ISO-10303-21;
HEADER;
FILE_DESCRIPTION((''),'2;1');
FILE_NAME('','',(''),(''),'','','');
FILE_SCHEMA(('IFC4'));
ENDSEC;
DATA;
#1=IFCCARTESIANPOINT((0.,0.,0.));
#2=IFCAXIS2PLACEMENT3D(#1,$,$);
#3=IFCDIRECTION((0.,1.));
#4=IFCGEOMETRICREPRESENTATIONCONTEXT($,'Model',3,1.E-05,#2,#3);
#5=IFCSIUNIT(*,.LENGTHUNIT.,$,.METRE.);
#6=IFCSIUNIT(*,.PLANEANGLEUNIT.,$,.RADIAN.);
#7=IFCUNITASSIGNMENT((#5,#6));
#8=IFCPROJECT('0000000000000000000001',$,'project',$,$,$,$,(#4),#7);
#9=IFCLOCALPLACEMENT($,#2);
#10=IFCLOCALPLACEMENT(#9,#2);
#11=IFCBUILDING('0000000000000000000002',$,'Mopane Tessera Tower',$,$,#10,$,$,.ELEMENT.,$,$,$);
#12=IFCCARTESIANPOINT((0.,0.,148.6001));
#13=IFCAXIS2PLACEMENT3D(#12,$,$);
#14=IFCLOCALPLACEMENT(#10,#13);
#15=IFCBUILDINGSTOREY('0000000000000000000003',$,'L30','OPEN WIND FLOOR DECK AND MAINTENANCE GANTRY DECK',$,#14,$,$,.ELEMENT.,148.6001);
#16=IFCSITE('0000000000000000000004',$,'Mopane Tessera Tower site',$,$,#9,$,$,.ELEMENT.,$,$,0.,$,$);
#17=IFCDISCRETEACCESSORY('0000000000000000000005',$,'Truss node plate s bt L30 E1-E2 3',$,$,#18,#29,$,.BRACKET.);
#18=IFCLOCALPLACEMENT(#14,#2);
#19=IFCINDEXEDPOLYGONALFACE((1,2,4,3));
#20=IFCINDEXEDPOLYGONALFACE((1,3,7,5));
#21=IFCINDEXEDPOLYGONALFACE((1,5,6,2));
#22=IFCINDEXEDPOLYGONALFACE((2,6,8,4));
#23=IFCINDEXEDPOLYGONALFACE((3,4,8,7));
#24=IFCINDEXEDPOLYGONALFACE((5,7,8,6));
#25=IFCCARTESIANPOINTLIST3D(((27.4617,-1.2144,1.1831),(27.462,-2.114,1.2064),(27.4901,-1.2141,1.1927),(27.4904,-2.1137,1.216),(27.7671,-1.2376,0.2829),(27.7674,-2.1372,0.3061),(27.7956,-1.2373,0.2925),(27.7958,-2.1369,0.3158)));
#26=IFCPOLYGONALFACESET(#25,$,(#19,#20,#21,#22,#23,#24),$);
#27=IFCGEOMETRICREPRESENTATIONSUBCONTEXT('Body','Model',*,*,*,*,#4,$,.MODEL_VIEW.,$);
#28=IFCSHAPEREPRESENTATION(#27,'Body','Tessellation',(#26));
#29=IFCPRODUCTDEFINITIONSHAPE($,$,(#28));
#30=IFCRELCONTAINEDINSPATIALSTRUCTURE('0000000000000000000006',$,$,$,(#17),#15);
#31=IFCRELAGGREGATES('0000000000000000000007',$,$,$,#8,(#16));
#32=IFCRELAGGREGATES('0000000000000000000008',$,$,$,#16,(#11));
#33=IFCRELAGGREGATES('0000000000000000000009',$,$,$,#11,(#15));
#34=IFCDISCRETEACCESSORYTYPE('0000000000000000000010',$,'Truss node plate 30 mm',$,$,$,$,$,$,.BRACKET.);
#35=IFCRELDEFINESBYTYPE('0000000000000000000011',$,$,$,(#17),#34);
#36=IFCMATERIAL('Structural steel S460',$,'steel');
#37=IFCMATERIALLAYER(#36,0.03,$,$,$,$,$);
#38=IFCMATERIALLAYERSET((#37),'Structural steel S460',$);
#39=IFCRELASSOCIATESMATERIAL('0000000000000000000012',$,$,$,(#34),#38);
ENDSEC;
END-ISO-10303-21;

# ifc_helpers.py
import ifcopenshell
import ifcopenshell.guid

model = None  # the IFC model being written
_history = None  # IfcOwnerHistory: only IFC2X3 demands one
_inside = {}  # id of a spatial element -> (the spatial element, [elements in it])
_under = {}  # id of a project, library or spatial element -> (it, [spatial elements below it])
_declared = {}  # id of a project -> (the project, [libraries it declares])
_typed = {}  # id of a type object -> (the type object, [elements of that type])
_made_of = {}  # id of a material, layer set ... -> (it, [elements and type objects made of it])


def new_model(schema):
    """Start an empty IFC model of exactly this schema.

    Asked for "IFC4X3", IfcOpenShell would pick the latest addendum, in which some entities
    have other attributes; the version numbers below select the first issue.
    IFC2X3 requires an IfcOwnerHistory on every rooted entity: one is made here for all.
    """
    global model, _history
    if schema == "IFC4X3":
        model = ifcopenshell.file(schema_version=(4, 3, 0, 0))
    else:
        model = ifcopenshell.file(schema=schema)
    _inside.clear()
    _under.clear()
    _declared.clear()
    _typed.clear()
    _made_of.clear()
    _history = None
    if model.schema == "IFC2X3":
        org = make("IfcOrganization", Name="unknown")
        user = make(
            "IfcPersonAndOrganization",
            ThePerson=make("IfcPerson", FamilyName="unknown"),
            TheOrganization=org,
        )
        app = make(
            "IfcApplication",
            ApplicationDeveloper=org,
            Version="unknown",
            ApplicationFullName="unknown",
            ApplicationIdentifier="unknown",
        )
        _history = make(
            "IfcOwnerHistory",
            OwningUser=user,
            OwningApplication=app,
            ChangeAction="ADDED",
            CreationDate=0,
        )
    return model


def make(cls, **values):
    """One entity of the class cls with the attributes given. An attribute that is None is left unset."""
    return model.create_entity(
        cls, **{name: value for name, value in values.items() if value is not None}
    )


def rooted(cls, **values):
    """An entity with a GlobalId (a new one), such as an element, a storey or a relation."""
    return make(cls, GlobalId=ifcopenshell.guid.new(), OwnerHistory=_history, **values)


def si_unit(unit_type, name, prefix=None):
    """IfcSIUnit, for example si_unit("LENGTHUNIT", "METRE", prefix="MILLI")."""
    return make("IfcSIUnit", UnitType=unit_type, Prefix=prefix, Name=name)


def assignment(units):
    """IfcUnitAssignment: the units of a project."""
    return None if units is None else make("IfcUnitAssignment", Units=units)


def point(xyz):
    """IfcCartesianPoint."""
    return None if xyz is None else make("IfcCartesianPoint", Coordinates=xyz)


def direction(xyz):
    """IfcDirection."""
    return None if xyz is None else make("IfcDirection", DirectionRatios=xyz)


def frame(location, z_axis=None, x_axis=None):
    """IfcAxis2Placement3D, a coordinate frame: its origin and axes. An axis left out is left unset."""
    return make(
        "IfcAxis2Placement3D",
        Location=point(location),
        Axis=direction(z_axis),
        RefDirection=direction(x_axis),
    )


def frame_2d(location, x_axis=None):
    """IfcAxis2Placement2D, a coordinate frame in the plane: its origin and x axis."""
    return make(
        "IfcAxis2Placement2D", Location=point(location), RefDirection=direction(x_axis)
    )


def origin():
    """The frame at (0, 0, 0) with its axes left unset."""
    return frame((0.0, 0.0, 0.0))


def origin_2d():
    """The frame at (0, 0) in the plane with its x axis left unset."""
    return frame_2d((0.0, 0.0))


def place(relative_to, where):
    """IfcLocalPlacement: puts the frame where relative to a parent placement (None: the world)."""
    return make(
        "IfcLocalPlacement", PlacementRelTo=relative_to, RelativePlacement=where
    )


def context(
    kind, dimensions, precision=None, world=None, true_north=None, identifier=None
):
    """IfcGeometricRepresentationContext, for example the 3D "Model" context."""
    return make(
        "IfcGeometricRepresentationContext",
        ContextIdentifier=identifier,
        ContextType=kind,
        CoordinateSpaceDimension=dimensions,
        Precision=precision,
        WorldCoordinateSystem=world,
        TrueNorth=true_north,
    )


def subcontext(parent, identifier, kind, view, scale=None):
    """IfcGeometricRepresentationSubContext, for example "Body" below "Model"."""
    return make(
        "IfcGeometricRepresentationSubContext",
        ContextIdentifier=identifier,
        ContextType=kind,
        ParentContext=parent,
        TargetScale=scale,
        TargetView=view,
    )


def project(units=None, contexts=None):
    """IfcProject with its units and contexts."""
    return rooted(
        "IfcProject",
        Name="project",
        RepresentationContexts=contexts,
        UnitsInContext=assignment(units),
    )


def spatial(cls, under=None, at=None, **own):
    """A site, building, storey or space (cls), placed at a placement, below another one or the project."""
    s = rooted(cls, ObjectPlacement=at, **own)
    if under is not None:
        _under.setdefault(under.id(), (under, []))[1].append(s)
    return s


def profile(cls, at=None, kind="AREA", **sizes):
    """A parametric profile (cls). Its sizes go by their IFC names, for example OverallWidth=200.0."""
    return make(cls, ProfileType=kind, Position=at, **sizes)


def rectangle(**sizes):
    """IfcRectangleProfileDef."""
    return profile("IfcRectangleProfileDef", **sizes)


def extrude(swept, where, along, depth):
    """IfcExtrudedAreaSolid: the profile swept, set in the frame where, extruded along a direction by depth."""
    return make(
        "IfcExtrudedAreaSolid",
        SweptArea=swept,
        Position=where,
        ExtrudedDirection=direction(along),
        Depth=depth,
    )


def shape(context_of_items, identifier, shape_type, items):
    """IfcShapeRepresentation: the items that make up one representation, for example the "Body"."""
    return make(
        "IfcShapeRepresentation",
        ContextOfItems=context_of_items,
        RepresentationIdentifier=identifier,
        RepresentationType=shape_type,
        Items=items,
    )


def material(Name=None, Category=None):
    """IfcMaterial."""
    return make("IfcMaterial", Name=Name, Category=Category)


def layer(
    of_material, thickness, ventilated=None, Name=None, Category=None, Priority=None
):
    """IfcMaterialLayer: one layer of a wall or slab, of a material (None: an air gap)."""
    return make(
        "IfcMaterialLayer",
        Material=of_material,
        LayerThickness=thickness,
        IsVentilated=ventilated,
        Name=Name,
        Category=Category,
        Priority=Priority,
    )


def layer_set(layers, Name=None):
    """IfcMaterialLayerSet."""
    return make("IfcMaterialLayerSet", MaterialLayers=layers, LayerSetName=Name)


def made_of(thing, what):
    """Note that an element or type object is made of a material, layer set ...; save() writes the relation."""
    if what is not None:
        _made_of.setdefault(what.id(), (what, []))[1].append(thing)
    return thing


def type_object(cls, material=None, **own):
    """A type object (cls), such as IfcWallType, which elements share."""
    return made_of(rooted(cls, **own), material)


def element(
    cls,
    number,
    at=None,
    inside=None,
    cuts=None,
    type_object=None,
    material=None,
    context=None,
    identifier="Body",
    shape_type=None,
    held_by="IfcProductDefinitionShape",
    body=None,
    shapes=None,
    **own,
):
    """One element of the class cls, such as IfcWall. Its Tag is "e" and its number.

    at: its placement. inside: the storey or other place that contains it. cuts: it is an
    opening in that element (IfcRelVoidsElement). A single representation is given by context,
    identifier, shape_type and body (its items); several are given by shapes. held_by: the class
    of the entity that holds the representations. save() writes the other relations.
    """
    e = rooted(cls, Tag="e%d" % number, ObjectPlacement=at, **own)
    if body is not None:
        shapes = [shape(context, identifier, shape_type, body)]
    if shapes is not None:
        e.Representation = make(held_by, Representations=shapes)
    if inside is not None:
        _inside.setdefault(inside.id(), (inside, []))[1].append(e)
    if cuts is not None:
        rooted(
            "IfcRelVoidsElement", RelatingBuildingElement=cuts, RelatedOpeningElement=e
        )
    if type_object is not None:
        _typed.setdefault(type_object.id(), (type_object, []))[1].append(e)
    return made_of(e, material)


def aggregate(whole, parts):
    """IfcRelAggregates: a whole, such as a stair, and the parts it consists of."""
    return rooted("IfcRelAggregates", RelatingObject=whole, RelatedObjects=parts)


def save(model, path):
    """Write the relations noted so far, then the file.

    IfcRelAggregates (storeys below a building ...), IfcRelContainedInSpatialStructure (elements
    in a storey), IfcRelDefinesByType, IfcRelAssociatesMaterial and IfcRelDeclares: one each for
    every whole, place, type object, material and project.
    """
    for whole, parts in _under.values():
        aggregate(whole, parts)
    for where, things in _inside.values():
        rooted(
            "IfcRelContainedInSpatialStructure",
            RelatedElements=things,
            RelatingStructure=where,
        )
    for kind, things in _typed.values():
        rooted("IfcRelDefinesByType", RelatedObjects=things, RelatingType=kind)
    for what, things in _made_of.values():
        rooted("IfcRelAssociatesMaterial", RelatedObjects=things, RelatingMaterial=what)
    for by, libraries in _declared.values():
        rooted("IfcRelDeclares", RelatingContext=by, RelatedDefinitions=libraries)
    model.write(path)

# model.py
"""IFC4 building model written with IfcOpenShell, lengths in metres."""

from ifc_helpers import new_model, si_unit, direction, frame, origin, origin_2d, place, context, subcontext, project, spatial, rectangle, extrude, material, layer, layer_set, type_object, element, save


model = new_model("IFC4")

# Units and contexts
model_context = context("Model", 3, precision=1e-05, world=origin(), true_north=direction((0.0, 1.0)))
body_context = subcontext(model_context, "Body", "Model", "MODEL_VIEW")
ifc_project = project(units=[si_unit("LENGTHUNIT", "METRE"), si_unit("PLANEANGLEUNIT", "RADIAN")], contexts=[model_context])

# Site, building, storey
site_placement = place(None, origin())
site = spatial("IfcSite", under=ifc_project, at=site_placement, Name="Mopane Tessera Tower site", CompositionType="ELEMENT", RefElevation=0.0)
building_placement = place(site_placement, origin())
building = spatial("IfcBuilding", under=site, at=building_placement, Name="Mopane Tessera Tower", CompositionType="ELEMENT")
storey_placement = place(building_placement, frame((0.0, 0.0, 148.6001)))
storey = spatial("IfcBuildingStorey", under=building, at=storey_placement, Name="L30", Description="OPEN WIND FLOOR DECK AND MAINTENANCE GANTRY DECK", CompositionType="ELEMENT", Elevation=148.6001)

# Discrete accessory
ifc_material_1 = material(Name="Structural steel S460", Category="steel")
ifc_layer_1 = layer(ifc_material_1, 0.03)
ifc_layer_set_1 = layer_set([ifc_layer_1], Name="Structural steel S460")
discrete_accessory_type = type_object("IfcDiscreteAccessoryType", Name="Truss node plate 30 mm", PredefinedType="BRACKET", material=ifc_layer_set_1)
for number, where, z_axis, x_axis, name in (
    (1, (27.7815, -1.6873, 0.2993), (-0.321213, 0.024393, 0.946693), (-0.947007, -0.008592, -0.321098), "Truss node plate s bt L30 E1-E2 3"),
):
    element("IfcDiscreteAccessory", number, at=place(storey_placement, frame(where, z_axis=z_axis, x_axis=x_axis)), inside=storey, type_object=discrete_accessory_type, Name=name, PredefinedType="BRACKET", context=body_context, shape_type="SweptSolid", body=[
        extrude(rectangle(XDim=0.03, YDim=0.8999, at=origin_2d()), origin(), (0.0, 0.0, 1.0), 0.9509),
    ])

save(model, "model.ifc")
